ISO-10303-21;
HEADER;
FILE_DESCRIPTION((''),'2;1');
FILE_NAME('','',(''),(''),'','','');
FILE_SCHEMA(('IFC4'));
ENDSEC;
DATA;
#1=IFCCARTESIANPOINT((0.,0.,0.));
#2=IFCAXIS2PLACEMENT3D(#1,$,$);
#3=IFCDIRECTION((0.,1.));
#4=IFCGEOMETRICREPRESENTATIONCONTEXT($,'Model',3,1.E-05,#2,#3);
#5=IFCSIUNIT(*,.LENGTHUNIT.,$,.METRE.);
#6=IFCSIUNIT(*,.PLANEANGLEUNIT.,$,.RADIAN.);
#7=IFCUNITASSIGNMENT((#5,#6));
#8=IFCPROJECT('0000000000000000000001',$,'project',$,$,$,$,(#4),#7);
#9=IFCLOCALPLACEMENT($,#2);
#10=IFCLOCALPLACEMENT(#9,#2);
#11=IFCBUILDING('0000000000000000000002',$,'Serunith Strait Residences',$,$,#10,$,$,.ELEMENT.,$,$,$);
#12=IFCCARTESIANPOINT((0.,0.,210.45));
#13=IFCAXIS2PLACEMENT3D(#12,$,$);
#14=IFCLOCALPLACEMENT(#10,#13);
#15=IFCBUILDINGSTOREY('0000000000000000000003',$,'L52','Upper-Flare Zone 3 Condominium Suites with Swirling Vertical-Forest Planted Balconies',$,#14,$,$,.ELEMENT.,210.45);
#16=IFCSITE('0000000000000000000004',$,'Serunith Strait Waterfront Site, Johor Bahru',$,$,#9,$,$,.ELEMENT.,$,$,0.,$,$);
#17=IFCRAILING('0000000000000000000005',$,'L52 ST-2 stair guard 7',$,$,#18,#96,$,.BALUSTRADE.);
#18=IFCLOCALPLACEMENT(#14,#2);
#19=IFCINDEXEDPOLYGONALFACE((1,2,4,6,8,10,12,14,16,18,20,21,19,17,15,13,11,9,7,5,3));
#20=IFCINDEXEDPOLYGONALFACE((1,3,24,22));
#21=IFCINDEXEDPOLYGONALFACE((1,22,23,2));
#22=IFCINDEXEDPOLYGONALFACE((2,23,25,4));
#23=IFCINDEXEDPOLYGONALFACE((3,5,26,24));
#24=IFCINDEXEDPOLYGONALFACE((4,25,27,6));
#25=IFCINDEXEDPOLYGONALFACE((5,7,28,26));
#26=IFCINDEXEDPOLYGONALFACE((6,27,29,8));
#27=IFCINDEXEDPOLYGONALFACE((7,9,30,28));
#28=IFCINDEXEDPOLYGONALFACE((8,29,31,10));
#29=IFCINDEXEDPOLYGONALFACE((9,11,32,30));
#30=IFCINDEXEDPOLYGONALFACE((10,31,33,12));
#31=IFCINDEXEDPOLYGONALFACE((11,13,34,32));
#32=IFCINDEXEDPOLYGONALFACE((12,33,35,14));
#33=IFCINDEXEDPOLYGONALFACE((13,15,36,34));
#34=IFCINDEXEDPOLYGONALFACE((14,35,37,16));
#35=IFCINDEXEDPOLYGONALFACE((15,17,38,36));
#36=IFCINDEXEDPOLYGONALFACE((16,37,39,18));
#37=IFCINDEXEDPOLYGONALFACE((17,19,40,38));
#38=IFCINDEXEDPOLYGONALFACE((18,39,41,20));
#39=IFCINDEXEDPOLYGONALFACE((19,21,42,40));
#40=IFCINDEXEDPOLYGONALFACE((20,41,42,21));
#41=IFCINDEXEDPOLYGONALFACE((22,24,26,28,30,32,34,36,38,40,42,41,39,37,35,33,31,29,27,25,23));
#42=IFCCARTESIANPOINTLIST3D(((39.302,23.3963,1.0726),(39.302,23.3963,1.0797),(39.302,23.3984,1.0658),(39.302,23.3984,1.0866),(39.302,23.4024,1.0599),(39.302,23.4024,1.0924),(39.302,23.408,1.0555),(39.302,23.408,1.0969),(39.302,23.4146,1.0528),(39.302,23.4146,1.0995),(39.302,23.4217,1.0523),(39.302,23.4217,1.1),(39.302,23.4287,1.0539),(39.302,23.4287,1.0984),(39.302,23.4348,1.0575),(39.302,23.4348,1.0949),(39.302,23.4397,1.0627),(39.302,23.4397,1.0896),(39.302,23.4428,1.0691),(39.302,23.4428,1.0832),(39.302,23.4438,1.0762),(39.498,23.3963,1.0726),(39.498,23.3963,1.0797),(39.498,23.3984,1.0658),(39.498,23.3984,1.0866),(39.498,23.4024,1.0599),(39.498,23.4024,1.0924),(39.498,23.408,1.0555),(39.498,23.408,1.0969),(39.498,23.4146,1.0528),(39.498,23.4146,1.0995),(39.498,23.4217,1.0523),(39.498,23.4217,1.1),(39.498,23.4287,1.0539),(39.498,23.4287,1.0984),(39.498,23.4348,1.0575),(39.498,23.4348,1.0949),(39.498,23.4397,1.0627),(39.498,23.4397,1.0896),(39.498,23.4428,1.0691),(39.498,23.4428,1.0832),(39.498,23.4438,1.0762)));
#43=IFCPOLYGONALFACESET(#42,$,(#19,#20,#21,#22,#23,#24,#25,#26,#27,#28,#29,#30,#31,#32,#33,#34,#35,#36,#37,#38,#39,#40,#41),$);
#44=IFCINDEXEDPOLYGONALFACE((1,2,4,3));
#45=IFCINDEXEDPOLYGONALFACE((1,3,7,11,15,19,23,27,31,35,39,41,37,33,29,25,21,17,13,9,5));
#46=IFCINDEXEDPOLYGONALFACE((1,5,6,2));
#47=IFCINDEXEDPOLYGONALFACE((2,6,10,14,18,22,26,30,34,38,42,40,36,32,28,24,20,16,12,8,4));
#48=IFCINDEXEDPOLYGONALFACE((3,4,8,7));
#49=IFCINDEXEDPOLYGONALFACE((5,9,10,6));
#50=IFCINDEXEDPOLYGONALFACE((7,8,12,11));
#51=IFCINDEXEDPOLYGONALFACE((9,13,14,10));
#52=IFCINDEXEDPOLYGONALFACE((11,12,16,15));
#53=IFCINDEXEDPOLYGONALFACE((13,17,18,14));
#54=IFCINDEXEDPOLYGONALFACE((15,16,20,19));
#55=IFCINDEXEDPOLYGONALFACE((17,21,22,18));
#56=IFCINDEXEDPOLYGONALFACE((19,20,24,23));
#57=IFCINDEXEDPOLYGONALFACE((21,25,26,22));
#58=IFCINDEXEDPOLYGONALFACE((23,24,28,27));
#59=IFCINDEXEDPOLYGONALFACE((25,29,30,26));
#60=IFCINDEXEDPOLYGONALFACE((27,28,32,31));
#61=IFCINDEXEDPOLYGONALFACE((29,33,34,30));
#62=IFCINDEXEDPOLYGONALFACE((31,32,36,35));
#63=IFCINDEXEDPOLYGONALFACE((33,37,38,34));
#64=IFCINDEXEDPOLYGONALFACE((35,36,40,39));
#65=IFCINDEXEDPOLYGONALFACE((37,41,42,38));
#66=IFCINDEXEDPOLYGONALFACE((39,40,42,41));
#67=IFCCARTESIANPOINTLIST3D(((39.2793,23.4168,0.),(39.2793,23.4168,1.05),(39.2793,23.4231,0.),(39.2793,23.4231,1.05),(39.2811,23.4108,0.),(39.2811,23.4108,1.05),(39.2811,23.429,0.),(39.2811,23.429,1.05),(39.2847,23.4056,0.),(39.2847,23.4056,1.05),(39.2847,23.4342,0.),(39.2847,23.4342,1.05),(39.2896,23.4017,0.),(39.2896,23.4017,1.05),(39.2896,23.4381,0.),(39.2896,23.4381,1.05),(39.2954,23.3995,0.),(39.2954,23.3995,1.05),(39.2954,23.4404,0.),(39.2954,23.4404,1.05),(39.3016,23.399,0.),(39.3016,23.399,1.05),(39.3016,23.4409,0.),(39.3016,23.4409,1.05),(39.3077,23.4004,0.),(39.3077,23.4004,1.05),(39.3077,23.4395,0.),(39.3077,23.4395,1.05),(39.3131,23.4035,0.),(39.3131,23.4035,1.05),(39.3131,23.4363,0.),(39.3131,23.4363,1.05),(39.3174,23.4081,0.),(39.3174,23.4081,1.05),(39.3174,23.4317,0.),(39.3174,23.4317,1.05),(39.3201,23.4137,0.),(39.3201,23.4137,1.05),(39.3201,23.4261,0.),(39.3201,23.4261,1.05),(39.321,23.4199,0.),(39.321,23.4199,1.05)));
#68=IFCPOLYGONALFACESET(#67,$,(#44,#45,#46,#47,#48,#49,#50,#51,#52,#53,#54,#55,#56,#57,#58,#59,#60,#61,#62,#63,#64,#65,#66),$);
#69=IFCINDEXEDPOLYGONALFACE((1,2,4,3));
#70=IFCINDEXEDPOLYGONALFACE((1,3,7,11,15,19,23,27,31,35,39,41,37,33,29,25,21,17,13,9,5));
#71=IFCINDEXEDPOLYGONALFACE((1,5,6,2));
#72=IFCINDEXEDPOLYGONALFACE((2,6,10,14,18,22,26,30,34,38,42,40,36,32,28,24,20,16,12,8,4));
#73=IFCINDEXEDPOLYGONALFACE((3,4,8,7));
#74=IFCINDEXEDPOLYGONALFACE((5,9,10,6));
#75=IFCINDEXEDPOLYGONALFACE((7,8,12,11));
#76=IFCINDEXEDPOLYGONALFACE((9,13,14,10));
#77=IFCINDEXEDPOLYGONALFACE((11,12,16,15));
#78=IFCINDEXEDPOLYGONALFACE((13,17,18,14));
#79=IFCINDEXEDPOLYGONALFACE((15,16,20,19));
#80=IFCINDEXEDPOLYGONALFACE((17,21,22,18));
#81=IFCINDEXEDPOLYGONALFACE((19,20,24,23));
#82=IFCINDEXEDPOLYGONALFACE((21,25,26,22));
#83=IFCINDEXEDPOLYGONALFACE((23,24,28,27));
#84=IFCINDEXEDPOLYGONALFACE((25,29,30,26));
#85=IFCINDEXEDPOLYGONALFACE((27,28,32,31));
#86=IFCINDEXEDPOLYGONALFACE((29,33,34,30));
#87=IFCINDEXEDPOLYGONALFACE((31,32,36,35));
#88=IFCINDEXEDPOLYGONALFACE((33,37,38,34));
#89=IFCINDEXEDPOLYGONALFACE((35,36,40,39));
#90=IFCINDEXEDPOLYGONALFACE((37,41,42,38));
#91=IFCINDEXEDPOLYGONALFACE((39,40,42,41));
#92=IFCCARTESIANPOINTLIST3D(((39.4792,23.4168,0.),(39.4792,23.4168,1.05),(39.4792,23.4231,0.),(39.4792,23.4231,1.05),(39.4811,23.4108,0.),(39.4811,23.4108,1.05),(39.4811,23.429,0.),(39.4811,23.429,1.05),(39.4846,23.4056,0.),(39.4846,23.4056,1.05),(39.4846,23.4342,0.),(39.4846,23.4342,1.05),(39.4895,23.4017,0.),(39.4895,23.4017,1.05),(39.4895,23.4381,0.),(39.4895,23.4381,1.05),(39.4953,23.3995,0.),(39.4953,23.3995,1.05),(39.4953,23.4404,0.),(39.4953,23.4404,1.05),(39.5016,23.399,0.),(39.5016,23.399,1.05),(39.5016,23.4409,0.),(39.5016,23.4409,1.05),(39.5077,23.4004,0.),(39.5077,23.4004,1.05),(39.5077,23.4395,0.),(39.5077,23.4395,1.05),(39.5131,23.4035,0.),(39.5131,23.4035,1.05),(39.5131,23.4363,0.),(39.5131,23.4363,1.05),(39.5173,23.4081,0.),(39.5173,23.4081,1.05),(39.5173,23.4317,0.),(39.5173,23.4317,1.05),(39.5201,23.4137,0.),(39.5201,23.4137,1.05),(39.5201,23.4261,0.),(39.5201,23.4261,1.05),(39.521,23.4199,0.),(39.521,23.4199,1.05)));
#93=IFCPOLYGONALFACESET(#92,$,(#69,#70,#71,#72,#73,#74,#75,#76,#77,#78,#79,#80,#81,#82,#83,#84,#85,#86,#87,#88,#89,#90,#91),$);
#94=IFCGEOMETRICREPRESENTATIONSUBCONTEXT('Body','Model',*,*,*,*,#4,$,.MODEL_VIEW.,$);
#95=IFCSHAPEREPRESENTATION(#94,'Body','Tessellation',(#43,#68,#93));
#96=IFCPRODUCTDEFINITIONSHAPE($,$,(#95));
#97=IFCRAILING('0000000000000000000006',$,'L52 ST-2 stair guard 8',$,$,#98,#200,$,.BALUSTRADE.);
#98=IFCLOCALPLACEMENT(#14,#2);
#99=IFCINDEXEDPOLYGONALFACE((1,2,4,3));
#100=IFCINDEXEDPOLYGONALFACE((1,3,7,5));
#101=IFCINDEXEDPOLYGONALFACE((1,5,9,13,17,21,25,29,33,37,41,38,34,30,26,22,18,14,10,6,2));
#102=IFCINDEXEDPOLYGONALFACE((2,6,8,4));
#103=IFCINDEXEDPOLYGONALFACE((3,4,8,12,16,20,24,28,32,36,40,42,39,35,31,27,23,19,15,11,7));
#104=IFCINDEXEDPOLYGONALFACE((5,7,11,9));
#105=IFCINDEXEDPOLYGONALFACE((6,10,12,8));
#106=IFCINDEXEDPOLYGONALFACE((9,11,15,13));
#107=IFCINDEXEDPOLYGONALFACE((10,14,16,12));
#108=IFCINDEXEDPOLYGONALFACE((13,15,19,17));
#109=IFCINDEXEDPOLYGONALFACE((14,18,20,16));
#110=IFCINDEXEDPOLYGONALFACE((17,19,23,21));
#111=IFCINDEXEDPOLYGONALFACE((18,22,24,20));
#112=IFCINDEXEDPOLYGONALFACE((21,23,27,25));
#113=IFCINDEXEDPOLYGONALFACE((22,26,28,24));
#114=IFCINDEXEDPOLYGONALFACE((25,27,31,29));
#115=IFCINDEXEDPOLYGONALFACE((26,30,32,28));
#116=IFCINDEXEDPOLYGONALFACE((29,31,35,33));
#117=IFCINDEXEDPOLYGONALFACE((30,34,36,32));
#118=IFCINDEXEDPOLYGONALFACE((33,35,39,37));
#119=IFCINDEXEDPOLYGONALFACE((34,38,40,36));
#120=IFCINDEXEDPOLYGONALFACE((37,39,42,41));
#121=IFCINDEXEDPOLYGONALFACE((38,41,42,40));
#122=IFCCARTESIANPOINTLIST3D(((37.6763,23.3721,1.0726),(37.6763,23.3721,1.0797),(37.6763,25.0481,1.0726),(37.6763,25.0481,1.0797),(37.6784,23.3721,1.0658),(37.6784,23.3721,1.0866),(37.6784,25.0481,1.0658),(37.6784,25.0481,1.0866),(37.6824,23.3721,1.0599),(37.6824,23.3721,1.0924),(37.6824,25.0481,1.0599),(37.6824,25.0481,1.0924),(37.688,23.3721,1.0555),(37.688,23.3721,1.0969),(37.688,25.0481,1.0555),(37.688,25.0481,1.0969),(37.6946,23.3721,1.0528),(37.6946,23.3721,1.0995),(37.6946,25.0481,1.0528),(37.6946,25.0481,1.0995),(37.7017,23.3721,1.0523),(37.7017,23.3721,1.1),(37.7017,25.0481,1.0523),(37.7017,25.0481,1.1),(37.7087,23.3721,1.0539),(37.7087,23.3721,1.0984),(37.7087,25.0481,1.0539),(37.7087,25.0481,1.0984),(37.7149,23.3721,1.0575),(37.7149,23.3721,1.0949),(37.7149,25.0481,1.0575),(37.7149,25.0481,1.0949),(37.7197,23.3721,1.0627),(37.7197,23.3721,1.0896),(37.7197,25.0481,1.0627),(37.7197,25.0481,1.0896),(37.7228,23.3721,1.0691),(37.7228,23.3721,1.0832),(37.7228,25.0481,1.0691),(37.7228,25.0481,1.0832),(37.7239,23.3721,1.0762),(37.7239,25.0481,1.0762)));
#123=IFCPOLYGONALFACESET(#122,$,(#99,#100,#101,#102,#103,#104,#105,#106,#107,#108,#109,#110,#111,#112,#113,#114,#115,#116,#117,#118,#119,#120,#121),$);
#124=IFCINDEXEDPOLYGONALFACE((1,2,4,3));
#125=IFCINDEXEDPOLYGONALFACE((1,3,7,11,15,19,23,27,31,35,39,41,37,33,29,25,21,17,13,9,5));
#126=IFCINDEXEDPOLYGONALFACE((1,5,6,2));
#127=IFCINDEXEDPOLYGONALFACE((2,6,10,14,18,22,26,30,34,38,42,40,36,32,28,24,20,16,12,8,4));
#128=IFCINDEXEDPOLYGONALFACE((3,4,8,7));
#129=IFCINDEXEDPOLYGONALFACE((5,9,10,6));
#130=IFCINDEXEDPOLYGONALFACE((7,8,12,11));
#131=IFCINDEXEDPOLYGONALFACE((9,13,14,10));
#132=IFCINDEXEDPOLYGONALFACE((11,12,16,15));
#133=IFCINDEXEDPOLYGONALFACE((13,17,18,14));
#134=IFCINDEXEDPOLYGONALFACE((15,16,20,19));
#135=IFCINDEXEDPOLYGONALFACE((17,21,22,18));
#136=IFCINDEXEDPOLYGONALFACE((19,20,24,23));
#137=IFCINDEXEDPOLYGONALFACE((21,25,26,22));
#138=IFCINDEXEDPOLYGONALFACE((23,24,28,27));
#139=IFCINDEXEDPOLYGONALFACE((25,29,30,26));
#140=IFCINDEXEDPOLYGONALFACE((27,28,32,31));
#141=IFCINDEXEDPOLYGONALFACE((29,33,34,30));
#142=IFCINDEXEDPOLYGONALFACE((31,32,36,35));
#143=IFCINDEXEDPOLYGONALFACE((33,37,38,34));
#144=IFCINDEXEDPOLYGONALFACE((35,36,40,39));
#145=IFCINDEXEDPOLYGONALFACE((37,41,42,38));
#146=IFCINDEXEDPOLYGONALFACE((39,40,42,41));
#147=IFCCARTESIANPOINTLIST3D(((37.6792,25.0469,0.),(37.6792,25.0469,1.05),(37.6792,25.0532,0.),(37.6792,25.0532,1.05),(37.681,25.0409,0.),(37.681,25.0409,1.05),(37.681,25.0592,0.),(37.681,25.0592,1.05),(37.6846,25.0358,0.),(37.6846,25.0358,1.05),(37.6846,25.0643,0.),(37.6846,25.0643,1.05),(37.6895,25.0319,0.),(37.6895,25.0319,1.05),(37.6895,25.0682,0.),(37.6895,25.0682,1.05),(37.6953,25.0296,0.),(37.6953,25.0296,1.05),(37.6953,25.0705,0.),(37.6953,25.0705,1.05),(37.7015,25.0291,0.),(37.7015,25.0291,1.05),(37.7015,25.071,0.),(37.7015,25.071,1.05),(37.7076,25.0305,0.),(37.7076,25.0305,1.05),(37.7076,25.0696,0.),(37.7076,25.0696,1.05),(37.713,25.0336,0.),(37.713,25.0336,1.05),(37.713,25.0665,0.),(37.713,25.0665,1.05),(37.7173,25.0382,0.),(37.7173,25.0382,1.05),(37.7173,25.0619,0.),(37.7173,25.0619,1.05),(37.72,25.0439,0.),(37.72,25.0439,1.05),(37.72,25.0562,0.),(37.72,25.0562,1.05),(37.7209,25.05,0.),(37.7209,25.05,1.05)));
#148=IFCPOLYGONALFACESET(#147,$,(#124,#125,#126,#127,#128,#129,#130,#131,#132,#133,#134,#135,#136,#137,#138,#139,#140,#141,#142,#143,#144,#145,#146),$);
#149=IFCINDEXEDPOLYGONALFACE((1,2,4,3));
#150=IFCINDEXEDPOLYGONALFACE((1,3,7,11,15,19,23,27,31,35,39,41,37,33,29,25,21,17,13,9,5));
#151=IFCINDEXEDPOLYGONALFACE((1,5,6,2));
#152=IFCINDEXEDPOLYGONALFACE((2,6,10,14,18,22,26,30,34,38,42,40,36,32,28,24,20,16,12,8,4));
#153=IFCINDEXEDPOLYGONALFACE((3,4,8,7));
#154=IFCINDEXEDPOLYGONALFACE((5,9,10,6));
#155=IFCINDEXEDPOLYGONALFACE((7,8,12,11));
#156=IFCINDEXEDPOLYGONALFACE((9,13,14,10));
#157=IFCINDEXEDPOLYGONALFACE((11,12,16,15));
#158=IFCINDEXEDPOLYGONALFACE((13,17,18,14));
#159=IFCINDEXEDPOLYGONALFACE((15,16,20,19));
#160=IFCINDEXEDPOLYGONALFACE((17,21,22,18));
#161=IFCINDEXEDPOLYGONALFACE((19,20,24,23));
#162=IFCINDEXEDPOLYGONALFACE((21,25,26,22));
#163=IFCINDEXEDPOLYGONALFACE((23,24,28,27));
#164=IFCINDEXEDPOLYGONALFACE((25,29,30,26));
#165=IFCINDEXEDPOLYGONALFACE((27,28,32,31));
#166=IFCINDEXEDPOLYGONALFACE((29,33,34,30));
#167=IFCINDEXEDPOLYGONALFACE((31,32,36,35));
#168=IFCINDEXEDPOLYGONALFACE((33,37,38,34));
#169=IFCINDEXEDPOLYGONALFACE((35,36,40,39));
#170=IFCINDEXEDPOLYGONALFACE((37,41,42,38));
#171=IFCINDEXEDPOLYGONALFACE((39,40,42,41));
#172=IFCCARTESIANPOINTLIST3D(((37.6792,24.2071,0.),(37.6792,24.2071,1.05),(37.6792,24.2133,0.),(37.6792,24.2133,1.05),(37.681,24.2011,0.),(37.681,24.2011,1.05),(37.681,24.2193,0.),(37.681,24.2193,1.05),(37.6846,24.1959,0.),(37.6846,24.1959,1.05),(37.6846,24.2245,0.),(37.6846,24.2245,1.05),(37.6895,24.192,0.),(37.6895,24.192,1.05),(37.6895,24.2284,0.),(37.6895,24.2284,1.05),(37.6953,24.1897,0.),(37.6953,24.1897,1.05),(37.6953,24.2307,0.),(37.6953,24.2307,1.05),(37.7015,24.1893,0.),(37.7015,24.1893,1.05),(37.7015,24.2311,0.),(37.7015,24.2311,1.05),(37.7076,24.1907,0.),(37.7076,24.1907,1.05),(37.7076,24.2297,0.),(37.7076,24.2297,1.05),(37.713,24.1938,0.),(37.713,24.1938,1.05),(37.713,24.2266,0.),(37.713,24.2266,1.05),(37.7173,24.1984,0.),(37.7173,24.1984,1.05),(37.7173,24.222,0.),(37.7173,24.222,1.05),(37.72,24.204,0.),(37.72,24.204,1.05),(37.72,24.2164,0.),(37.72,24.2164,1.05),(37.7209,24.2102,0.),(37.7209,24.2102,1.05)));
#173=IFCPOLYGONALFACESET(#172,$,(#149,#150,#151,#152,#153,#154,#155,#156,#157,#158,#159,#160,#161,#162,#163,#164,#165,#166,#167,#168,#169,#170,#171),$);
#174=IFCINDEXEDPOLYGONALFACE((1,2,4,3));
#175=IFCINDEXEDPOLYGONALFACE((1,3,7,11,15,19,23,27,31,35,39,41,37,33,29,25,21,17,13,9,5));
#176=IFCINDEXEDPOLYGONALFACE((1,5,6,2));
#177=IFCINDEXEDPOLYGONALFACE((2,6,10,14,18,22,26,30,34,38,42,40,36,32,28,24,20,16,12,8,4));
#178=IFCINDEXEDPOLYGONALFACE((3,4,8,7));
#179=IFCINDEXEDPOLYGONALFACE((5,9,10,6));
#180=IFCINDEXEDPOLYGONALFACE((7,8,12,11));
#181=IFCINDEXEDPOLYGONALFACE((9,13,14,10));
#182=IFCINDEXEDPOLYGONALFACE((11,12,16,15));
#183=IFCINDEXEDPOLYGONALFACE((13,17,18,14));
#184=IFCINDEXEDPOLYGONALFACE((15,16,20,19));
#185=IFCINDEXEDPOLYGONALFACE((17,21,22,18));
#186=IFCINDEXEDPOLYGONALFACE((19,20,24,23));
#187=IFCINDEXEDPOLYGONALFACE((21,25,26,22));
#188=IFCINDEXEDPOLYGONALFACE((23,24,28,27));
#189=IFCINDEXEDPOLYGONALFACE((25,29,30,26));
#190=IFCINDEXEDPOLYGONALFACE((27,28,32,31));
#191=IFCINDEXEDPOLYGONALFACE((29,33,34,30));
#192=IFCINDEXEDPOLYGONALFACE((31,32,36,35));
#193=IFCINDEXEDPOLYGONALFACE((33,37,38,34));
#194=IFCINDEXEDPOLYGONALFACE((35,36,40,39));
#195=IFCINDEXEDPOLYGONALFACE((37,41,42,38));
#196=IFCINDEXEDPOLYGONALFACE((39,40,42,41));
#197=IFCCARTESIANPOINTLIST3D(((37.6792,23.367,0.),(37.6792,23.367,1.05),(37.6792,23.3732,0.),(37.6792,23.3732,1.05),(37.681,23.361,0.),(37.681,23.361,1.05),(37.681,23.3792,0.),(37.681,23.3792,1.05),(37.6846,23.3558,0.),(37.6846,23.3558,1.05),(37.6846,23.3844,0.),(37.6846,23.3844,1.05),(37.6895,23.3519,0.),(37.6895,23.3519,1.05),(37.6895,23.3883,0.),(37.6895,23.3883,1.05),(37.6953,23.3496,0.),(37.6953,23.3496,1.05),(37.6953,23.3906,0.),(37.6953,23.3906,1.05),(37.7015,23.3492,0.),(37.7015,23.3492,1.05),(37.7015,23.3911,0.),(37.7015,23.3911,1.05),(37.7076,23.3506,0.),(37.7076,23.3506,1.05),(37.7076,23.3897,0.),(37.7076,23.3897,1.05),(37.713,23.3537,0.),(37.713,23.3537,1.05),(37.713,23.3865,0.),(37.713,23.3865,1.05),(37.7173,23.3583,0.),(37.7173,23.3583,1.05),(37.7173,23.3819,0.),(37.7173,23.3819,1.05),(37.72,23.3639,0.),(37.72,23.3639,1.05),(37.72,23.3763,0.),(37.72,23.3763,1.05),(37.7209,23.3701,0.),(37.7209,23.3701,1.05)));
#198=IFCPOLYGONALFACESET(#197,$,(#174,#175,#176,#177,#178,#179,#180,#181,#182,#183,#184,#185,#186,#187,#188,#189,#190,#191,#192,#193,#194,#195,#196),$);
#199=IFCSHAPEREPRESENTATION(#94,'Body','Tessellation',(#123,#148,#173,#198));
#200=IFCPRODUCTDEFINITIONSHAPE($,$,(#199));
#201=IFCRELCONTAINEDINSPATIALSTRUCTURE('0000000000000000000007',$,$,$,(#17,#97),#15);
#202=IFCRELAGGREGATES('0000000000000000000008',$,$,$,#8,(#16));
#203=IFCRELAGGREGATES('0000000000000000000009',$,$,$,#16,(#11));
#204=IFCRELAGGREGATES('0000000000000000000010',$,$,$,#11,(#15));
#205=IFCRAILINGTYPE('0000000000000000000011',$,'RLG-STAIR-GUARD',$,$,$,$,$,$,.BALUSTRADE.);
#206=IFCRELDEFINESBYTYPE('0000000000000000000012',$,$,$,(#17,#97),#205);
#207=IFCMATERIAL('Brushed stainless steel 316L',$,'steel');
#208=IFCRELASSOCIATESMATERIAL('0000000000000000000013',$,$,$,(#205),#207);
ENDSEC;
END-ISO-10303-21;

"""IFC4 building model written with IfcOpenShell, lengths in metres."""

from ifc_helpers import new_model, si_unit, direction, frame, origin, origin_2d, place, context, subcontext, project, spatial, circle, extrude, material, type_object, element, save


model = new_model("IFC4")

# Units and contexts
model_context = context("Model", 3, precision=1e-05, world=origin(), true_north=direction((0.0, 1.0)))
body_context = subcontext(model_context, "Body", "Model", "MODEL_VIEW")
ifc_project = project(units=[si_unit("LENGTHUNIT", "METRE"), si_unit("PLANEANGLEUNIT", "RADIAN")], contexts=[model_context])

# Site, building, storey
site_placement = place(None, origin())
site = spatial("IfcSite", under=ifc_project, at=site_placement, Name="Serunith Strait Waterfront Site, Johor Bahru", CompositionType="ELEMENT", RefElevation=0.0)
building_placement = place(site_placement, origin())
building = spatial("IfcBuilding", under=site, at=building_placement, Name="Serunith Strait Residences", CompositionType="ELEMENT")
storey_placement = place(building_placement, frame((0.0, 0.0, 210.45)))
storey = spatial("IfcBuildingStorey", under=building, at=storey_placement, Name="L52", Description="Upper-Flare Zone 3 Condominium Suites with Swirling Vertical-Forest Planted Balconies", CompositionType="ELEMENT", Elevation=210.45)

# Railings
ifc_material_1 = material(Name="Brushed stainless steel 316L", Category="steel")
railing_type = type_object("IfcRailingType", Name="RLG-STAIR-GUARD", PredefinedType="BALUSTRADE", material=ifc_material_1)
railing_placement = place(storey_placement, frame((39.3, 23.4199, 0.0)))
element("IfcRailing", 1, at=railing_placement, inside=storey, type_object=railing_type, Name="L52 ST-2 stair guard 7", PredefinedType="BALUSTRADE", context=body_context, shape_type="SweptSolid", body=[
    extrude(circle(Radius=0.0239, at=origin_2d()), frame((0.002, 0.0, 1.0762), z_axis=(1.0, 0.0, 0.0), x_axis=(0.0, 1.0, 0.0)), (0.0, 0.0, 1.0), 0.196),
    extrude(circle(Radius=0.021, at=origin_2d()), origin(), (0.0, 0.0, 1.0), 1.05),
    extrude(circle(Radius=0.021, at=origin_2d()), frame((0.2, 0.0, 0.0)), (0.0, 0.0, 1.0), 1.05),
])
for number, where, name in (
    (2, (37.7, 25.05, 0.0), "L52 ST-2 stair guard 8"),
):
    element("IfcRailing", number, at=place(storey_placement, frame(where)), inside=storey, type_object=railing_type, Name=name, PredefinedType="BALUSTRADE", context=body_context, shape_type="SweptSolid", body=[
        extrude(circle(Radius=0.0239, at=origin_2d()), frame((0.0, -0.002, 1.0762), z_axis=(0.0, -1.0, 0.0), x_axis=(1.0, 0.0, 0.0)), (0.0, 0.0, 1.0), 1.676),
        extrude(circle(Radius=0.021, at=origin_2d()), origin(), (0.0, 0.0, 1.0), 1.05),
        extrude(circle(Radius=0.021, at=origin_2d()), frame((0.0, -0.8398, 0.0)), (0.0, 0.0, 1.0), 1.05),
        extrude(circle(Radius=0.021, at=origin_2d()), frame((0.0, -1.6799, 0.0)), (0.0, 0.0, 1.0), 1.05),
    ])

save(model, "model.ifc")
